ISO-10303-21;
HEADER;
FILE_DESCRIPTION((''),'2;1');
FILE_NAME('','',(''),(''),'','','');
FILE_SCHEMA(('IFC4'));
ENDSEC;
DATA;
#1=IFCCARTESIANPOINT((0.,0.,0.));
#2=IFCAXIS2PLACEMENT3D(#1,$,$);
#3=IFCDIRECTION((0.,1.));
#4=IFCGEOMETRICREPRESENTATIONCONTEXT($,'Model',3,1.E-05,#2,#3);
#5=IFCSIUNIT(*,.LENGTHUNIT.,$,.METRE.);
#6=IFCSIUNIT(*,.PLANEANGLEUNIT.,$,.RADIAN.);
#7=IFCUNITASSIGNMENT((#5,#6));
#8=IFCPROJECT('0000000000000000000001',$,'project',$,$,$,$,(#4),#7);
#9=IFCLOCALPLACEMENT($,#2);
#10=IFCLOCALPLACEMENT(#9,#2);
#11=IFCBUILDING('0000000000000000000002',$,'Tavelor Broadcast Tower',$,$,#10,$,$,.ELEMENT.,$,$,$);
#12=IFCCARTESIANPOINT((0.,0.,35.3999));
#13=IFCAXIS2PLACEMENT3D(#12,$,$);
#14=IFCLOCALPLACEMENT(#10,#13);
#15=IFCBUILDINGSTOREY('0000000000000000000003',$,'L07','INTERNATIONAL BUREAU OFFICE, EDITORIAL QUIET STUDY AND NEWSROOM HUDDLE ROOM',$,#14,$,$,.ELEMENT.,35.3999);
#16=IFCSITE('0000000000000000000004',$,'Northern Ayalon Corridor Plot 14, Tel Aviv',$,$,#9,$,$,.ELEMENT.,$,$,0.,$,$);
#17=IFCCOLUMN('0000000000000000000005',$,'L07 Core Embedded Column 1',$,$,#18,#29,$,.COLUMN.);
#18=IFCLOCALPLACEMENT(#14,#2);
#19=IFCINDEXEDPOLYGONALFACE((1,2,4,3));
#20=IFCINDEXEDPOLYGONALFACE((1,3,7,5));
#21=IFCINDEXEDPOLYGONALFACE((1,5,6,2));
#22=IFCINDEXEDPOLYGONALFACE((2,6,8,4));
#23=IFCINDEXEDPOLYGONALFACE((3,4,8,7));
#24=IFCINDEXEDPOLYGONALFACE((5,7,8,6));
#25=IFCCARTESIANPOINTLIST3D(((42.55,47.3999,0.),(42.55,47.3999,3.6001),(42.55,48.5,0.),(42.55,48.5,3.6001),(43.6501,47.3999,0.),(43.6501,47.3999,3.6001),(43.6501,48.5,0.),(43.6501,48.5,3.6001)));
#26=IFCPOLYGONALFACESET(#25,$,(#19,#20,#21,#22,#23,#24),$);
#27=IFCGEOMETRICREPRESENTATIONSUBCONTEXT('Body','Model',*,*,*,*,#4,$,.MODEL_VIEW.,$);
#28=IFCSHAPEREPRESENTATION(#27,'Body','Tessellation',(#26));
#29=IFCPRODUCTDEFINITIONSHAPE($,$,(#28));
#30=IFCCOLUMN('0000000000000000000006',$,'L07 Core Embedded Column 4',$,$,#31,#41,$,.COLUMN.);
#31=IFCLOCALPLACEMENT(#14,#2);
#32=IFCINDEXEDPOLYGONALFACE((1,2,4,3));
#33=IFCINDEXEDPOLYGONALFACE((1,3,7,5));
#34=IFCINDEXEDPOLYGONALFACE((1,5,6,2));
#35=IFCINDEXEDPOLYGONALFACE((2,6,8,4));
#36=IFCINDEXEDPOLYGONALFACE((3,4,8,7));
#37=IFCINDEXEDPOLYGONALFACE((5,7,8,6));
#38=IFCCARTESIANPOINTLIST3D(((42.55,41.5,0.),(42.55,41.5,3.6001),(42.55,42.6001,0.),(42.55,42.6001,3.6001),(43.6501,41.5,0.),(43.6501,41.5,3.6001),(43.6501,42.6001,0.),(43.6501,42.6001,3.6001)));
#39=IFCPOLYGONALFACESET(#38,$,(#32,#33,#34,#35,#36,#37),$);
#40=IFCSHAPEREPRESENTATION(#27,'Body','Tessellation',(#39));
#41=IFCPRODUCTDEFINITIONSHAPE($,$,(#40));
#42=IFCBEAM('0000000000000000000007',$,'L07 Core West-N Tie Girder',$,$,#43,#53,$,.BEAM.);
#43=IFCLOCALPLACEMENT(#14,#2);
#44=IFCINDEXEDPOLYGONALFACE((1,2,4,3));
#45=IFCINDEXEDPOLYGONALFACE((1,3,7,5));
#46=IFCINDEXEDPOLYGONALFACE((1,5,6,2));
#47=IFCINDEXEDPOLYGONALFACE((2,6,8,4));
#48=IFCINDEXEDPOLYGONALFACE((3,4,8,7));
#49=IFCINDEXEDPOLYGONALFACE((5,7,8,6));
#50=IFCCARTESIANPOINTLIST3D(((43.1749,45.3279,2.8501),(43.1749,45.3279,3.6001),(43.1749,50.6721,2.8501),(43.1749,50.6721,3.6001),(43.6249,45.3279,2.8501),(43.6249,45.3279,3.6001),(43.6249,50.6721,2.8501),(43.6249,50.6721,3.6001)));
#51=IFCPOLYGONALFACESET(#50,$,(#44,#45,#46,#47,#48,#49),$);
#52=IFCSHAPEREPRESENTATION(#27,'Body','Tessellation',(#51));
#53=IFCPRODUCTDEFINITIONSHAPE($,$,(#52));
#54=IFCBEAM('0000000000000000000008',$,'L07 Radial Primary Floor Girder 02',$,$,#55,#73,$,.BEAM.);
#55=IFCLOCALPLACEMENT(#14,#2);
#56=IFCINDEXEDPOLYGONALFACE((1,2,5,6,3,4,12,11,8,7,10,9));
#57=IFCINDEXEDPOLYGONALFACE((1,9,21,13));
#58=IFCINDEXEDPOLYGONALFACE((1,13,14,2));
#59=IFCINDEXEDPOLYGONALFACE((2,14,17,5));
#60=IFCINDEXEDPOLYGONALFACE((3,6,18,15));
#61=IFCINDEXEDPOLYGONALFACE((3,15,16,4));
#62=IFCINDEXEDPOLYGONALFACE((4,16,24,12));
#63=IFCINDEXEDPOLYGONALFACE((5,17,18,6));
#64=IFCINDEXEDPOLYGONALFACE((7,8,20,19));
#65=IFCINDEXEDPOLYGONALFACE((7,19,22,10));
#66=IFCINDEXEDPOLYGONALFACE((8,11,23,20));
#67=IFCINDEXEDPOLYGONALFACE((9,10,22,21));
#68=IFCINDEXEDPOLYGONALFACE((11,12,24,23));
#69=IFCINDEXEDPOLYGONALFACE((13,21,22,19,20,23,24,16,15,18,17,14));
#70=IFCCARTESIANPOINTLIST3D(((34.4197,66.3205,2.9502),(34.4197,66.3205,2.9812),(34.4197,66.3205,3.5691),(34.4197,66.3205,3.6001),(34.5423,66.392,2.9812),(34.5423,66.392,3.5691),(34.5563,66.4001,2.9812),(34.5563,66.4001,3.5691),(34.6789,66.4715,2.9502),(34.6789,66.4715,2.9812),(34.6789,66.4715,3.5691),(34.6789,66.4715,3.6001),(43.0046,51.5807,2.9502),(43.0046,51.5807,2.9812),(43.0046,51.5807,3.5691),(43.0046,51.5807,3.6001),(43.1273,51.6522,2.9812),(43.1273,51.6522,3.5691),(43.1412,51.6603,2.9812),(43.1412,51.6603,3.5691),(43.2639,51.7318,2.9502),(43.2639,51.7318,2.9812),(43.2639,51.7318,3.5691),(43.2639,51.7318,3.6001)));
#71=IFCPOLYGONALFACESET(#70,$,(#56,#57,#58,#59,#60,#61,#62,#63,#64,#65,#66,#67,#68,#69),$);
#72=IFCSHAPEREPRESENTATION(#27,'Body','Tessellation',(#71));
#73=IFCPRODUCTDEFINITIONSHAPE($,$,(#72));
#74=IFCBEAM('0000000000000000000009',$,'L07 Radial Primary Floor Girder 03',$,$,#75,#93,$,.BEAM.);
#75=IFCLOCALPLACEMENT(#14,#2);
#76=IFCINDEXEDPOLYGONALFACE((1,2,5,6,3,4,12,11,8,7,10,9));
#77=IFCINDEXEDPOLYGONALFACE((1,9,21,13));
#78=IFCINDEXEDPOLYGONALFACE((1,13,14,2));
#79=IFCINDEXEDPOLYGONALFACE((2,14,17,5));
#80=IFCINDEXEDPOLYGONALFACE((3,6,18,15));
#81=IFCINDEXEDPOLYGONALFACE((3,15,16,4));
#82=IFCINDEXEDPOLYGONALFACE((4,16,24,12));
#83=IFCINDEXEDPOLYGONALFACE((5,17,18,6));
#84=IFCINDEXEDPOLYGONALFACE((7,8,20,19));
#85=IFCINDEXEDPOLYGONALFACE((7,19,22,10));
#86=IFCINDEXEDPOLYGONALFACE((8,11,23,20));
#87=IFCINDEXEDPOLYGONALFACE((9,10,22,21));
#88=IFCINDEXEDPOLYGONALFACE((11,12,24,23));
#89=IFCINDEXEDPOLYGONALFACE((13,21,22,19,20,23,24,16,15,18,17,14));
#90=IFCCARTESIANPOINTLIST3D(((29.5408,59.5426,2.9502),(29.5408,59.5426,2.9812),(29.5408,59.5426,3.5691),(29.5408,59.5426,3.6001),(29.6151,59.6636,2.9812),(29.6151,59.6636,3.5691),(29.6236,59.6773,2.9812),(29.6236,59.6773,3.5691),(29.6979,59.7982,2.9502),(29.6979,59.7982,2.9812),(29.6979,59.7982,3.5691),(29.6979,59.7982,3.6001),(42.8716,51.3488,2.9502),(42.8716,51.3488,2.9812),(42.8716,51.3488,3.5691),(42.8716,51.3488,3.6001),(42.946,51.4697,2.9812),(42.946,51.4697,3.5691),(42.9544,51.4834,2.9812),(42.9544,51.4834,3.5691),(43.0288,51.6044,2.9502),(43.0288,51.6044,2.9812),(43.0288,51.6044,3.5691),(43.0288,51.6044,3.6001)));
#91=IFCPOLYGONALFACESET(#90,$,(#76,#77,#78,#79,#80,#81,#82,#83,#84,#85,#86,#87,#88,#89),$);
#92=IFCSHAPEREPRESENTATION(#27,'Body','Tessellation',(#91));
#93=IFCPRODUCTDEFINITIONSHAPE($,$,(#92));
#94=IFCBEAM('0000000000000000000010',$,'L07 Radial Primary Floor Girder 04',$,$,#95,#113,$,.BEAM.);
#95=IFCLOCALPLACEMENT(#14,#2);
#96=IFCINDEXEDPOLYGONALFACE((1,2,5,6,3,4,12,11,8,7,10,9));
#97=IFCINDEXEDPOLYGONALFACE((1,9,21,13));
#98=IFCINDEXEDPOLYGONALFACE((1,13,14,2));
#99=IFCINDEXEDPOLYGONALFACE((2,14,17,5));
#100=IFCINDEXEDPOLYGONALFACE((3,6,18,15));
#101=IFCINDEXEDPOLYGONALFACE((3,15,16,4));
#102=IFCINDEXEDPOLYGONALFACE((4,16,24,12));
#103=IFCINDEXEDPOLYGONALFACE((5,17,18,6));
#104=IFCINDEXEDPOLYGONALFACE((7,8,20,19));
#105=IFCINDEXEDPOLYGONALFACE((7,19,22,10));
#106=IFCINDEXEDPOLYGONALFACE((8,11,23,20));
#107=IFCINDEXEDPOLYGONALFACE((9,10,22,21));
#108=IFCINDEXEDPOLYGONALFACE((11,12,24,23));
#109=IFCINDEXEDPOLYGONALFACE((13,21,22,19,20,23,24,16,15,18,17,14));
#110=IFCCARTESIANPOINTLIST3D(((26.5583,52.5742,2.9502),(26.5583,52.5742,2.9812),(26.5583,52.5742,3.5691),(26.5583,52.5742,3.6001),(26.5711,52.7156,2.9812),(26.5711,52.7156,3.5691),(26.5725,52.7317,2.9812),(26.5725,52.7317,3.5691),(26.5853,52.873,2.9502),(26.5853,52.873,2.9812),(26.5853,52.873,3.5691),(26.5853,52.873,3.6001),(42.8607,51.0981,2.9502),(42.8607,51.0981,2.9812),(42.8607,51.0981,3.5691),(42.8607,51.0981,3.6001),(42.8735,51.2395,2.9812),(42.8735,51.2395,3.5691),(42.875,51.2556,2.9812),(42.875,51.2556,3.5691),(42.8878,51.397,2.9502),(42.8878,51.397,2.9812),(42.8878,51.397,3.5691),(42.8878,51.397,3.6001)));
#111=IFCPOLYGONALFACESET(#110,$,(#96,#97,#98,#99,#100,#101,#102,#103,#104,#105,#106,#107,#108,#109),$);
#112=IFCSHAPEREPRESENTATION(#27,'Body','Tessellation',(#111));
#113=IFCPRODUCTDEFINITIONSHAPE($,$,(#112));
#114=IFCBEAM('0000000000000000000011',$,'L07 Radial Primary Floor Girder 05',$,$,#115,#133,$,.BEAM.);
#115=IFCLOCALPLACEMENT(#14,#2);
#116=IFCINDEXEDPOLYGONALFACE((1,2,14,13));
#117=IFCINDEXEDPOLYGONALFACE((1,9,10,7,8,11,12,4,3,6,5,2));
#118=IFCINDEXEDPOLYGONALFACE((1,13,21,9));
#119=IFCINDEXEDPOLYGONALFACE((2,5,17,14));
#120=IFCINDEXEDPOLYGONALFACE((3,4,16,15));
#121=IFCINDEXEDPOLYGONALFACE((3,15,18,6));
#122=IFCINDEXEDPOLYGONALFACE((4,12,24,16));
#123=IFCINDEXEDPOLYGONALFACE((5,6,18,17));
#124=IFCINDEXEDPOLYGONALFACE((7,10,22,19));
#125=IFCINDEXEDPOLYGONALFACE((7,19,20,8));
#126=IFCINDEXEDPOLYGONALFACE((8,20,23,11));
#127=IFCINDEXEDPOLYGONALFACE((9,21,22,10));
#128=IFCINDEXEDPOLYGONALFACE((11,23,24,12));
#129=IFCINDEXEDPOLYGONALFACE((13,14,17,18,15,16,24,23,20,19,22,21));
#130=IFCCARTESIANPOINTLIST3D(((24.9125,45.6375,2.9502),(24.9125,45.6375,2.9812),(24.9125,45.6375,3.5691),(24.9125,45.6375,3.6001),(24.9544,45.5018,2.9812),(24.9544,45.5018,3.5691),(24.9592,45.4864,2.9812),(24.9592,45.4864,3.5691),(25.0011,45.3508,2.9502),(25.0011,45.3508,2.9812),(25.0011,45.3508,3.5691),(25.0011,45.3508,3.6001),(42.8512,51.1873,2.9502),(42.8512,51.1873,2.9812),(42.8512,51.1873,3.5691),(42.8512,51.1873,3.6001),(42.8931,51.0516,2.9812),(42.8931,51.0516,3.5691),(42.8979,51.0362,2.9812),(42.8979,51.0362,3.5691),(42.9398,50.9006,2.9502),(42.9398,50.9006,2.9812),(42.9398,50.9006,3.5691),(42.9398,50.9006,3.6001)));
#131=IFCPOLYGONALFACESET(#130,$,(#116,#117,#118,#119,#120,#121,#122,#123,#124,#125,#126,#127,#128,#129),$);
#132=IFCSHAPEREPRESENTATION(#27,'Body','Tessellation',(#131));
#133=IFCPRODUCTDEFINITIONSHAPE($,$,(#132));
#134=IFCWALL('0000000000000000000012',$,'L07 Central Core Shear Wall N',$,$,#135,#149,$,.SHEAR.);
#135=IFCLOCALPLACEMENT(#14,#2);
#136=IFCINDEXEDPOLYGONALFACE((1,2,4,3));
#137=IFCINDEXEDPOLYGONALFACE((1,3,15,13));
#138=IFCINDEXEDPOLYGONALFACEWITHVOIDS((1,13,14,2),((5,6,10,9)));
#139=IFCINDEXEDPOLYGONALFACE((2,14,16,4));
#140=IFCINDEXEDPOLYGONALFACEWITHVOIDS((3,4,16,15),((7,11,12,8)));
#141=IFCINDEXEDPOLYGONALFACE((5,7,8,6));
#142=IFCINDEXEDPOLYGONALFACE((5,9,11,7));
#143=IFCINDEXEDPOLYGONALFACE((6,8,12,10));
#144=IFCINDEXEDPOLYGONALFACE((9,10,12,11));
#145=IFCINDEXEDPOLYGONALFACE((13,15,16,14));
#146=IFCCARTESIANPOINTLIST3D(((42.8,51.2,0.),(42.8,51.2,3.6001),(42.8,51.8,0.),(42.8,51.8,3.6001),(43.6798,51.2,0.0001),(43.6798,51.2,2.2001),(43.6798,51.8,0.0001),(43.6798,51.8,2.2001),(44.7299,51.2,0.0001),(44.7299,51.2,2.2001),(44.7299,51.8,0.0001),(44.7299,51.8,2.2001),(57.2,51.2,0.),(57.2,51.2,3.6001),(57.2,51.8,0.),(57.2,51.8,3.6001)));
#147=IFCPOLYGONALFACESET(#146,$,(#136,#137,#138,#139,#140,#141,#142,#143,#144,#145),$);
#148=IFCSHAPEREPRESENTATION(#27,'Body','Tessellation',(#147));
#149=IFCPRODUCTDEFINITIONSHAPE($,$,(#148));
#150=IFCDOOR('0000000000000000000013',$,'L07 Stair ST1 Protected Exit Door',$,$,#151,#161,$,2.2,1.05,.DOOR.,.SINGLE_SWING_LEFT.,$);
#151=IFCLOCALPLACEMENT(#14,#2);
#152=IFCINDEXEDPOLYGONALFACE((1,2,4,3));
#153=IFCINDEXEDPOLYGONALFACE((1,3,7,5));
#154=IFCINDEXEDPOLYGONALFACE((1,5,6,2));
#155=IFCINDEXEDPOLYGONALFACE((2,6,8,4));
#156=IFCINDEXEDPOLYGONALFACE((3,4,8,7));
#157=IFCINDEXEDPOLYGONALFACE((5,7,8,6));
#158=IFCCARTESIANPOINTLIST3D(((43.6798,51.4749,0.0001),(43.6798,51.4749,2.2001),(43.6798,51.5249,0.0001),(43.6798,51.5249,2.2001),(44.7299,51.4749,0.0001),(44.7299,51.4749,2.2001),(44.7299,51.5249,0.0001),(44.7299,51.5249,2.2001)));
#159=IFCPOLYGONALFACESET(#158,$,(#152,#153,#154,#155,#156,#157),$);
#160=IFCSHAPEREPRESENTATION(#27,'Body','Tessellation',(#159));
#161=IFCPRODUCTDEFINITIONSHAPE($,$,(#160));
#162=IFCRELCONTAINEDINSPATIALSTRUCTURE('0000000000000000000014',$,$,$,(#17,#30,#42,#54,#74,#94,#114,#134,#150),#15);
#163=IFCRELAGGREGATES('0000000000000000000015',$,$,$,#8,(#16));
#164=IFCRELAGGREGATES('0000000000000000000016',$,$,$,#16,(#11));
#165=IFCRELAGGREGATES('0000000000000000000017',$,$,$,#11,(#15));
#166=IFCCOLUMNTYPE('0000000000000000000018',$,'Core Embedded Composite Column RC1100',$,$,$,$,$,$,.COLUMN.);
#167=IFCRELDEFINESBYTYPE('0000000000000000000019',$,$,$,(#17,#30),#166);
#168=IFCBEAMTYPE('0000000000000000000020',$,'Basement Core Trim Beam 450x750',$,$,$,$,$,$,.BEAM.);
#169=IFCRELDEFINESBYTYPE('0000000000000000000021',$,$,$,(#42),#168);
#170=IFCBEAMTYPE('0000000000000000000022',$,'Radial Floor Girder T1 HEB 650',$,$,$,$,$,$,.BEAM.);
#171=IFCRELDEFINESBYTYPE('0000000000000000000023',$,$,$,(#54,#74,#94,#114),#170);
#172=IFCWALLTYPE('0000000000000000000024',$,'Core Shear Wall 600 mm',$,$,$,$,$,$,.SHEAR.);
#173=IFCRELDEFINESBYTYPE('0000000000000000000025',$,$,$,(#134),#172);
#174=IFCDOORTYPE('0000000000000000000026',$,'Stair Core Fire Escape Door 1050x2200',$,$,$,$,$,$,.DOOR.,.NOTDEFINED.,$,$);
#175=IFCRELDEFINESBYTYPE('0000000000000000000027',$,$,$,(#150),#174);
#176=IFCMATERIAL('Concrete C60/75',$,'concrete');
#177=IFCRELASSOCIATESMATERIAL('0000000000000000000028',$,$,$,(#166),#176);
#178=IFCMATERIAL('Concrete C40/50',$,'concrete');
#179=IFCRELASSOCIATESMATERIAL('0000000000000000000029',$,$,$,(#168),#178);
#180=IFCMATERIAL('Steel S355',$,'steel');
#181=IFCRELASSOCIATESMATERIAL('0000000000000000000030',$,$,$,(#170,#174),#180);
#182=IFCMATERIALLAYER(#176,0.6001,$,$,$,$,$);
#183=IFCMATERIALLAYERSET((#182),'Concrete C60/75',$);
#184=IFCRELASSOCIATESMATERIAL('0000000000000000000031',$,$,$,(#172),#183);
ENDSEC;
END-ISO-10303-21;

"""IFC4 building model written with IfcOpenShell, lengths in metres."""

from ifc_helpers import new_model, si_unit, direction, frame, frame_2d, origin, origin_2d, place, context, subcontext, project, spatial, rectangle, i_section, extrude, material, layer, layer_set, material_profile, profile_set, type_object, element, fill, save


model = new_model("IFC4")

# Units and contexts
model_context = context("Model", 3, precision=1e-05, world=origin(), true_north=direction((0.0, 1.0)))
body_context = subcontext(model_context, "Body", "Model", "MODEL_VIEW")
ifc_project = project(units=[si_unit("LENGTHUNIT", "METRE"), si_unit("PLANEANGLEUNIT", "RADIAN")], contexts=[model_context])

# Site, building, storey
site_placement = place(None, origin())
site = spatial("IfcSite", under=ifc_project, at=site_placement, Name="Northern Ayalon Corridor Plot 14, Tel Aviv", CompositionType="ELEMENT", RefElevation=0.0)
building_placement = place(site_placement, origin())
building = spatial("IfcBuilding", under=site, at=building_placement, Name="Tavelor Broadcast Tower", CompositionType="ELEMENT")
storey_placement = place(building_placement, frame((0.0, 0.0, 35.3999)))
storey = spatial("IfcBuildingStorey", under=building, at=storey_placement, Name="L07", Description="INTERNATIONAL BUREAU OFFICE, EDITORIAL QUIET STUDY AND NEWSROOM HUDDLE ROOM", CompositionType="ELEMENT", Elevation=35.3999)

# Columns
ifc_material_1 = material(Name="Concrete C60/75", Category="concrete")
ifc_material_profile_1 = material_profile(ifc_material_1, rectangle(XDim=1.1001, YDim=1.1001, at=origin_2d()), Name="RC 1100x1100")
ifc_profile_set_1 = profile_set([ifc_material_profile_1], Name="Concrete C60/75")
column_type = type_object("IfcColumnType", Name="Core Embedded Composite Column RC1100", PredefinedType="COLUMN", material=ifc_profile_set_1)
for number, where, z_axis, x_axis, name in (
    (1, (43.1001, 47.95, 0.0), (0.0, 0.0, 1.0), (1.0, 0.0, 0.0), "L07 Core Embedded Column 1"),
    (2, (43.1001, 42.05, 0.0), (0.0, 0.0, 1.0), (1.0, 0.0, 0.0), "L07 Core Embedded Column 4"),
):
    element("IfcColumn", number, at=place(storey_placement, frame(where, z_axis=z_axis, x_axis=x_axis)), inside=storey, type_object=column_type, Name=name, PredefinedType="COLUMN", context=body_context, shape_type="SweptSolid", body=[
        extrude(rectangle(XDim=1.1001, YDim=1.1001, at=origin_2d()), origin(), (0.0, 0.0, 1.0), 3.6001),
    ])

# Beams
ifc_material_2 = material(Name="Concrete C40/50", Category="concrete")
ifc_material_profile_2 = material_profile(ifc_material_2, rectangle(XDim=0.45, YDim=0.75, at=origin_2d()), Name="RC 450x750")
ifc_profile_set_2 = profile_set([ifc_material_profile_2], Name="Concrete C40/50")
beam_type_1 = type_object("IfcBeamType", Name="Basement Core Trim Beam 450x750", PredefinedType="BEAM", material=ifc_profile_set_2)
beam_1_placement = place(storey_placement, frame((43.3999, 45.3279, 3.2251), z_axis=(0.0, 1.0, 0.0), x_axis=(-1.0, 0.0, 0.0)))
element("IfcBeam", 3, at=beam_1_placement, inside=storey, type_object=beam_type_1, Name="L07 Core West-N Tie Girder", PredefinedType="BEAM", context=body_context, shape_type="SweptSolid", body=[
    extrude(rectangle(XDim=0.45, YDim=0.75, at=origin_2d()), origin(), (0.0, 0.0, 1.0), 5.3442),
])
ifc_material_3 = material(Name="Steel S355", Category="steel")
ifc_material_profile_3 = material_profile(ifc_material_3, i_section(OverallWidth=0.3, OverallDepth=0.6499, WebThickness=0.0161, FlangeThickness=0.031, at=origin_2d()), Name="HEB 650")
ifc_profile_set_3 = profile_set([ifc_material_profile_3], Name="Steel S355")
beam_type_2 = type_object("IfcBeamType", Name="Radial Floor Girder T1 HEB 650", PredefinedType="BEAM", material=ifc_profile_set_3)
beam_2_placement = place(storey_placement, frame((43.1343, 51.6562, 3.2751), z_axis=(-0.503292, 0.864116, 0.0), x_axis=(-0.864116, -0.503292, 0.0)))
element("IfcBeam", 4, at=beam_2_placement, inside=storey, type_object=beam_type_2, Name="L07 Radial Primary Floor Girder 02", PredefinedType="BEAM", context=body_context, shape_type="SweptSolid", body=[
    extrude(i_section(OverallWidth=0.3, OverallDepth=0.6499, WebThickness=0.0161, FlangeThickness=0.031, at=origin_2d()), origin(), (0.0, 0.0, 1.0), 17.0576),
])
beam_3_placement = place(storey_placement, frame((42.9502, 51.4766, 3.2751), z_axis=(-0.851936, 0.523646, 0.0), x_axis=(-0.523646, -0.851936, 0.0)))
element("IfcBeam", 5, at=beam_3_placement, inside=storey, type_object=beam_type_2, Name="L07 Radial Primary Floor Girder 03", PredefinedType="BEAM", context=body_context, shape_type="SweptSolid", body=[
    extrude(i_section(OverallWidth=0.3, OverallDepth=0.6499, WebThickness=0.0161, FlangeThickness=0.031, at=origin_2d()), origin(), (0.0, 0.0, 1.0), 15.6477),
])
beam_4_placement = place(storey_placement, frame((42.8743, 51.2476, 3.2751), z_axis=(-0.995926, 0.090174, 0.0), x_axis=(-0.090174, -0.995926, 0.0)))
element("IfcBeam", 6, at=beam_4_placement, inside=storey, type_object=beam_type_2, Name="L07 Radial Primary Floor Girder 04", PredefinedType="BEAM", context=body_context, shape_type="SweptSolid", body=[
    extrude(i_section(OverallWidth=0.3, OverallDepth=0.6499, WebThickness=0.0161, FlangeThickness=0.031, at=origin_2d()), origin(), (0.0, 0.0, 1.0), 16.3691),
])
beam_5_placement = place(storey_placement, frame((42.8955, 51.0439, 3.2751), z_axis=(-0.955326, -0.295555, 0.0), x_axis=(0.295555, -0.955326, 0.0)))
element("IfcBeam", 7, at=beam_5_placement, inside=storey, type_object=beam_type_2, Name="L07 Radial Primary Floor Girder 05", PredefinedType="BEAM", context=body_context, shape_type="SweptSolid", body=[
    extrude(i_section(OverallWidth=0.3, OverallDepth=0.6499, WebThickness=0.0161, FlangeThickness=0.031, at=origin_2d()), origin(), (0.0, 0.0, 1.0), 18.7776),
])

# Wall, opening, door
ifc_layer_1 = layer(ifc_material_1, 0.6001)
ifc_layer_set_1 = layer_set([ifc_layer_1], Name="Concrete C60/75")
wall_type_1 = type_object("IfcWallType", Name="Core Shear Wall 600 mm", PredefinedType="SHEAR", material=ifc_layer_set_1)
wall_1_placement = place(storey_placement, frame((42.8, 51.5, 0.0), z_axis=(0.0, 0.0, 1.0), x_axis=(1.0, 0.0, 0.0)))
wall_1 = element("IfcWall", 8, at=wall_1_placement, inside=storey, type_object=wall_type_1, Name="L07 Central Core Shear Wall N", PredefinedType="SHEAR", context=body_context, shape_type="SweptSolid", body=[
    extrude(rectangle(XDim=14.3999, YDim=0.6001, at=frame_2d((7.2, 0.0))), origin(), (0.0, 0.0, 1.0), 3.6001),
])
opening_1_placement = place(wall_1_placement, frame((0.8799, 0.0, 0.0)))
opening_1 = element("IfcOpeningElement", 9, at=opening_1_placement, cuts=wall_1, PredefinedType="OPENING", context=body_context, shape_type="SweptSolid", body=[
    extrude(rectangle(XDim=1.05, YDim=2.2, at=frame_2d((0.5249, 1.1001))), frame((0.0, 0.3101, 0.0), z_axis=(0.0, -1.0, 0.0), x_axis=(1.0, 0.0, 0.0)), (0.0, 0.0, 1.0), 0.6201),
])
door_type_1 = type_object("IfcDoorType", Name="Stair Core Fire Escape Door 1050x2200", OperationType="NOTDEFINED", PredefinedType="DOOR", material=ifc_material_3)
door_1_placement = place(opening_1_placement, origin())
door_1 = element("IfcDoor", 10, at=door_1_placement, inside=storey, type_object=door_type_1, Name="L07 Stair ST1 Protected Exit Door", OperationType="SINGLE_SWING_LEFT", OverallHeight=2.2, OverallWidth=1.05, PredefinedType="DOOR", context=body_context, shape_type="SweptSolid", body=[
    extrude(rectangle(XDim=1.05, YDim=2.2, at=frame_2d((0.5249, 1.1001))), frame((0.0, 0.0249, 0.0), z_axis=(0.0, -1.0, 0.0), x_axis=(1.0, 0.0, 0.0)), (0.0, 0.0, 1.0), 0.05),
])
fill(opening_1, door_1)

save(model, "model.ifc")
